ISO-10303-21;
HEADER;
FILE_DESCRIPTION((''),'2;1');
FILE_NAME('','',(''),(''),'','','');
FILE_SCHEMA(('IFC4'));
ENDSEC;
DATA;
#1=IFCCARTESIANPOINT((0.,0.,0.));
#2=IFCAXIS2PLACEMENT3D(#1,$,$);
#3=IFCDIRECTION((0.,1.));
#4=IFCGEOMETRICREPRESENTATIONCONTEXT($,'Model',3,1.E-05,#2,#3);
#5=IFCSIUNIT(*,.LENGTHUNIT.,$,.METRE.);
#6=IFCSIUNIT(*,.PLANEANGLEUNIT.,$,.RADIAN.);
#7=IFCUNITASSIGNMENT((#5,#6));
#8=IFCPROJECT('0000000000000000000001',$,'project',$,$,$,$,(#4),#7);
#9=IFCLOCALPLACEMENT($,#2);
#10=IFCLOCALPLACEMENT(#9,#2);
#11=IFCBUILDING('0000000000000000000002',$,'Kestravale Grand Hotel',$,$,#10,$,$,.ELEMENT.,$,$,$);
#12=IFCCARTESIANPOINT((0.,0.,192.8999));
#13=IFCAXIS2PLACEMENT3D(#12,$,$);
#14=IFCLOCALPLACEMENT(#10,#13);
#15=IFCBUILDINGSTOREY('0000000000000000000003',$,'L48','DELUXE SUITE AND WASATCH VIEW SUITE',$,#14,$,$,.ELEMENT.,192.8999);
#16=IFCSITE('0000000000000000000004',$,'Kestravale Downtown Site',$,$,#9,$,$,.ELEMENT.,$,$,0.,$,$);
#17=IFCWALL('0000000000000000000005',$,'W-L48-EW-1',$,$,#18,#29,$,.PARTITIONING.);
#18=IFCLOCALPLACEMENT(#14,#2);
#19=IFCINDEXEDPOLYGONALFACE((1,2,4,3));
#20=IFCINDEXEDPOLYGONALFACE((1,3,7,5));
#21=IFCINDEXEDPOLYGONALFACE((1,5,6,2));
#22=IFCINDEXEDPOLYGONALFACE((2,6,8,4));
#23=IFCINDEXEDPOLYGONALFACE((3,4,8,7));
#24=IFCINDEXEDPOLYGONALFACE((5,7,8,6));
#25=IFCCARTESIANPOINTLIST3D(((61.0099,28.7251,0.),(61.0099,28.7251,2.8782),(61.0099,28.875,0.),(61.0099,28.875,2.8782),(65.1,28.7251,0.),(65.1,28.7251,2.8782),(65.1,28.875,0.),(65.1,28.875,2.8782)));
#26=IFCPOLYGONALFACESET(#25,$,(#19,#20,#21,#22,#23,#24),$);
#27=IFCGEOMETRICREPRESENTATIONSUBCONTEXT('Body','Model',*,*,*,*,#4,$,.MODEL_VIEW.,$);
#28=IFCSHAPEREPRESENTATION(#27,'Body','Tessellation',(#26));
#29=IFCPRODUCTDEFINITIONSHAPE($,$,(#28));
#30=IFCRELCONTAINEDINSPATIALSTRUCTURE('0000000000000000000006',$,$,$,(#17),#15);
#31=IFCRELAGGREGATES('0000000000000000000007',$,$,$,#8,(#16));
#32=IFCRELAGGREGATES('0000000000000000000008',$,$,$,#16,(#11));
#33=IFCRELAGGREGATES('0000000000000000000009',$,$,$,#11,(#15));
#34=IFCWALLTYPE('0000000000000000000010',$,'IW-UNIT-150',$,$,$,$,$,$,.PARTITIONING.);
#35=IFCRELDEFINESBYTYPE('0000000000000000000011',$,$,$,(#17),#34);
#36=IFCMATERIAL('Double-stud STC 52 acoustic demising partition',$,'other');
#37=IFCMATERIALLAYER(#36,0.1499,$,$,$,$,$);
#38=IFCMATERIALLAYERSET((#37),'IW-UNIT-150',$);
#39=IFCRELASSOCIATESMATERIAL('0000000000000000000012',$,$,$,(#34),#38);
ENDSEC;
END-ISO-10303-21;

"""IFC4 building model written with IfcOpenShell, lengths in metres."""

from ifc_helpers import new_model, si_unit, direction, frame, frame_2d, origin, place, context, subcontext, project, spatial, rectangle, extrude, material, layer, layer_set, type_object, element, save


model = new_model("IFC4")

# Units and contexts
model_context = context("Model", 3, precision=1e-05, world=origin(), true_north=direction((0.0, 1.0)))
body_context = subcontext(model_context, "Body", "Model", "MODEL_VIEW")
ifc_project = project(units=[si_unit("LENGTHUNIT", "METRE"), si_unit("PLANEANGLEUNIT", "RADIAN")], contexts=[model_context])

# Site, building, storey
site_placement = place(None, origin())
site = spatial("IfcSite", under=ifc_project, at=site_placement, Name="Kestravale Downtown Site", CompositionType="ELEMENT", RefElevation=0.0)
building_placement = place(site_placement, origin())
building = spatial("IfcBuilding", under=site, at=building_placement, Name="Kestravale Grand Hotel", CompositionType="ELEMENT")
storey_placement = place(building_placement, frame((0.0, 0.0, 192.8999)))
storey = spatial("IfcBuildingStorey", under=building, at=storey_placement, Name="L48", Description="DELUXE SUITE AND WASATCH VIEW SUITE", CompositionType="ELEMENT", Elevation=192.8999)

# Wall
ifc_material_1 = material(Name="Double-stud STC 52 acoustic demising partition", Category="other")
ifc_layer_1 = layer(ifc_material_1, 0.1499)
ifc_layer_set_1 = layer_set([ifc_layer_1], Name="IW-UNIT-150")
wall_type_1 = type_object("IfcWallType", Name="IW-UNIT-150", PredefinedType="PARTITIONING", material=ifc_layer_set_1)
wall_1_placement = place(storey_placement, frame((61.01, 28.8, 0.0), z_axis=(0.0, 0.0, 1.0), x_axis=(1.0, 0.0, 0.0)))
element("IfcWall", 1, at=wall_1_placement, inside=storey, type_object=wall_type_1, Name="W-L48-EW-1", PredefinedType="PARTITIONING", context=body_context, shape_type="SweptSolid", body=[
    extrude(rectangle(XDim=4.0901, YDim=0.1499, at=frame_2d((2.0449, 0.0))), origin(), (0.0, 0.0, 1.0), 2.8782),
])

save(model, "model.ifc")
